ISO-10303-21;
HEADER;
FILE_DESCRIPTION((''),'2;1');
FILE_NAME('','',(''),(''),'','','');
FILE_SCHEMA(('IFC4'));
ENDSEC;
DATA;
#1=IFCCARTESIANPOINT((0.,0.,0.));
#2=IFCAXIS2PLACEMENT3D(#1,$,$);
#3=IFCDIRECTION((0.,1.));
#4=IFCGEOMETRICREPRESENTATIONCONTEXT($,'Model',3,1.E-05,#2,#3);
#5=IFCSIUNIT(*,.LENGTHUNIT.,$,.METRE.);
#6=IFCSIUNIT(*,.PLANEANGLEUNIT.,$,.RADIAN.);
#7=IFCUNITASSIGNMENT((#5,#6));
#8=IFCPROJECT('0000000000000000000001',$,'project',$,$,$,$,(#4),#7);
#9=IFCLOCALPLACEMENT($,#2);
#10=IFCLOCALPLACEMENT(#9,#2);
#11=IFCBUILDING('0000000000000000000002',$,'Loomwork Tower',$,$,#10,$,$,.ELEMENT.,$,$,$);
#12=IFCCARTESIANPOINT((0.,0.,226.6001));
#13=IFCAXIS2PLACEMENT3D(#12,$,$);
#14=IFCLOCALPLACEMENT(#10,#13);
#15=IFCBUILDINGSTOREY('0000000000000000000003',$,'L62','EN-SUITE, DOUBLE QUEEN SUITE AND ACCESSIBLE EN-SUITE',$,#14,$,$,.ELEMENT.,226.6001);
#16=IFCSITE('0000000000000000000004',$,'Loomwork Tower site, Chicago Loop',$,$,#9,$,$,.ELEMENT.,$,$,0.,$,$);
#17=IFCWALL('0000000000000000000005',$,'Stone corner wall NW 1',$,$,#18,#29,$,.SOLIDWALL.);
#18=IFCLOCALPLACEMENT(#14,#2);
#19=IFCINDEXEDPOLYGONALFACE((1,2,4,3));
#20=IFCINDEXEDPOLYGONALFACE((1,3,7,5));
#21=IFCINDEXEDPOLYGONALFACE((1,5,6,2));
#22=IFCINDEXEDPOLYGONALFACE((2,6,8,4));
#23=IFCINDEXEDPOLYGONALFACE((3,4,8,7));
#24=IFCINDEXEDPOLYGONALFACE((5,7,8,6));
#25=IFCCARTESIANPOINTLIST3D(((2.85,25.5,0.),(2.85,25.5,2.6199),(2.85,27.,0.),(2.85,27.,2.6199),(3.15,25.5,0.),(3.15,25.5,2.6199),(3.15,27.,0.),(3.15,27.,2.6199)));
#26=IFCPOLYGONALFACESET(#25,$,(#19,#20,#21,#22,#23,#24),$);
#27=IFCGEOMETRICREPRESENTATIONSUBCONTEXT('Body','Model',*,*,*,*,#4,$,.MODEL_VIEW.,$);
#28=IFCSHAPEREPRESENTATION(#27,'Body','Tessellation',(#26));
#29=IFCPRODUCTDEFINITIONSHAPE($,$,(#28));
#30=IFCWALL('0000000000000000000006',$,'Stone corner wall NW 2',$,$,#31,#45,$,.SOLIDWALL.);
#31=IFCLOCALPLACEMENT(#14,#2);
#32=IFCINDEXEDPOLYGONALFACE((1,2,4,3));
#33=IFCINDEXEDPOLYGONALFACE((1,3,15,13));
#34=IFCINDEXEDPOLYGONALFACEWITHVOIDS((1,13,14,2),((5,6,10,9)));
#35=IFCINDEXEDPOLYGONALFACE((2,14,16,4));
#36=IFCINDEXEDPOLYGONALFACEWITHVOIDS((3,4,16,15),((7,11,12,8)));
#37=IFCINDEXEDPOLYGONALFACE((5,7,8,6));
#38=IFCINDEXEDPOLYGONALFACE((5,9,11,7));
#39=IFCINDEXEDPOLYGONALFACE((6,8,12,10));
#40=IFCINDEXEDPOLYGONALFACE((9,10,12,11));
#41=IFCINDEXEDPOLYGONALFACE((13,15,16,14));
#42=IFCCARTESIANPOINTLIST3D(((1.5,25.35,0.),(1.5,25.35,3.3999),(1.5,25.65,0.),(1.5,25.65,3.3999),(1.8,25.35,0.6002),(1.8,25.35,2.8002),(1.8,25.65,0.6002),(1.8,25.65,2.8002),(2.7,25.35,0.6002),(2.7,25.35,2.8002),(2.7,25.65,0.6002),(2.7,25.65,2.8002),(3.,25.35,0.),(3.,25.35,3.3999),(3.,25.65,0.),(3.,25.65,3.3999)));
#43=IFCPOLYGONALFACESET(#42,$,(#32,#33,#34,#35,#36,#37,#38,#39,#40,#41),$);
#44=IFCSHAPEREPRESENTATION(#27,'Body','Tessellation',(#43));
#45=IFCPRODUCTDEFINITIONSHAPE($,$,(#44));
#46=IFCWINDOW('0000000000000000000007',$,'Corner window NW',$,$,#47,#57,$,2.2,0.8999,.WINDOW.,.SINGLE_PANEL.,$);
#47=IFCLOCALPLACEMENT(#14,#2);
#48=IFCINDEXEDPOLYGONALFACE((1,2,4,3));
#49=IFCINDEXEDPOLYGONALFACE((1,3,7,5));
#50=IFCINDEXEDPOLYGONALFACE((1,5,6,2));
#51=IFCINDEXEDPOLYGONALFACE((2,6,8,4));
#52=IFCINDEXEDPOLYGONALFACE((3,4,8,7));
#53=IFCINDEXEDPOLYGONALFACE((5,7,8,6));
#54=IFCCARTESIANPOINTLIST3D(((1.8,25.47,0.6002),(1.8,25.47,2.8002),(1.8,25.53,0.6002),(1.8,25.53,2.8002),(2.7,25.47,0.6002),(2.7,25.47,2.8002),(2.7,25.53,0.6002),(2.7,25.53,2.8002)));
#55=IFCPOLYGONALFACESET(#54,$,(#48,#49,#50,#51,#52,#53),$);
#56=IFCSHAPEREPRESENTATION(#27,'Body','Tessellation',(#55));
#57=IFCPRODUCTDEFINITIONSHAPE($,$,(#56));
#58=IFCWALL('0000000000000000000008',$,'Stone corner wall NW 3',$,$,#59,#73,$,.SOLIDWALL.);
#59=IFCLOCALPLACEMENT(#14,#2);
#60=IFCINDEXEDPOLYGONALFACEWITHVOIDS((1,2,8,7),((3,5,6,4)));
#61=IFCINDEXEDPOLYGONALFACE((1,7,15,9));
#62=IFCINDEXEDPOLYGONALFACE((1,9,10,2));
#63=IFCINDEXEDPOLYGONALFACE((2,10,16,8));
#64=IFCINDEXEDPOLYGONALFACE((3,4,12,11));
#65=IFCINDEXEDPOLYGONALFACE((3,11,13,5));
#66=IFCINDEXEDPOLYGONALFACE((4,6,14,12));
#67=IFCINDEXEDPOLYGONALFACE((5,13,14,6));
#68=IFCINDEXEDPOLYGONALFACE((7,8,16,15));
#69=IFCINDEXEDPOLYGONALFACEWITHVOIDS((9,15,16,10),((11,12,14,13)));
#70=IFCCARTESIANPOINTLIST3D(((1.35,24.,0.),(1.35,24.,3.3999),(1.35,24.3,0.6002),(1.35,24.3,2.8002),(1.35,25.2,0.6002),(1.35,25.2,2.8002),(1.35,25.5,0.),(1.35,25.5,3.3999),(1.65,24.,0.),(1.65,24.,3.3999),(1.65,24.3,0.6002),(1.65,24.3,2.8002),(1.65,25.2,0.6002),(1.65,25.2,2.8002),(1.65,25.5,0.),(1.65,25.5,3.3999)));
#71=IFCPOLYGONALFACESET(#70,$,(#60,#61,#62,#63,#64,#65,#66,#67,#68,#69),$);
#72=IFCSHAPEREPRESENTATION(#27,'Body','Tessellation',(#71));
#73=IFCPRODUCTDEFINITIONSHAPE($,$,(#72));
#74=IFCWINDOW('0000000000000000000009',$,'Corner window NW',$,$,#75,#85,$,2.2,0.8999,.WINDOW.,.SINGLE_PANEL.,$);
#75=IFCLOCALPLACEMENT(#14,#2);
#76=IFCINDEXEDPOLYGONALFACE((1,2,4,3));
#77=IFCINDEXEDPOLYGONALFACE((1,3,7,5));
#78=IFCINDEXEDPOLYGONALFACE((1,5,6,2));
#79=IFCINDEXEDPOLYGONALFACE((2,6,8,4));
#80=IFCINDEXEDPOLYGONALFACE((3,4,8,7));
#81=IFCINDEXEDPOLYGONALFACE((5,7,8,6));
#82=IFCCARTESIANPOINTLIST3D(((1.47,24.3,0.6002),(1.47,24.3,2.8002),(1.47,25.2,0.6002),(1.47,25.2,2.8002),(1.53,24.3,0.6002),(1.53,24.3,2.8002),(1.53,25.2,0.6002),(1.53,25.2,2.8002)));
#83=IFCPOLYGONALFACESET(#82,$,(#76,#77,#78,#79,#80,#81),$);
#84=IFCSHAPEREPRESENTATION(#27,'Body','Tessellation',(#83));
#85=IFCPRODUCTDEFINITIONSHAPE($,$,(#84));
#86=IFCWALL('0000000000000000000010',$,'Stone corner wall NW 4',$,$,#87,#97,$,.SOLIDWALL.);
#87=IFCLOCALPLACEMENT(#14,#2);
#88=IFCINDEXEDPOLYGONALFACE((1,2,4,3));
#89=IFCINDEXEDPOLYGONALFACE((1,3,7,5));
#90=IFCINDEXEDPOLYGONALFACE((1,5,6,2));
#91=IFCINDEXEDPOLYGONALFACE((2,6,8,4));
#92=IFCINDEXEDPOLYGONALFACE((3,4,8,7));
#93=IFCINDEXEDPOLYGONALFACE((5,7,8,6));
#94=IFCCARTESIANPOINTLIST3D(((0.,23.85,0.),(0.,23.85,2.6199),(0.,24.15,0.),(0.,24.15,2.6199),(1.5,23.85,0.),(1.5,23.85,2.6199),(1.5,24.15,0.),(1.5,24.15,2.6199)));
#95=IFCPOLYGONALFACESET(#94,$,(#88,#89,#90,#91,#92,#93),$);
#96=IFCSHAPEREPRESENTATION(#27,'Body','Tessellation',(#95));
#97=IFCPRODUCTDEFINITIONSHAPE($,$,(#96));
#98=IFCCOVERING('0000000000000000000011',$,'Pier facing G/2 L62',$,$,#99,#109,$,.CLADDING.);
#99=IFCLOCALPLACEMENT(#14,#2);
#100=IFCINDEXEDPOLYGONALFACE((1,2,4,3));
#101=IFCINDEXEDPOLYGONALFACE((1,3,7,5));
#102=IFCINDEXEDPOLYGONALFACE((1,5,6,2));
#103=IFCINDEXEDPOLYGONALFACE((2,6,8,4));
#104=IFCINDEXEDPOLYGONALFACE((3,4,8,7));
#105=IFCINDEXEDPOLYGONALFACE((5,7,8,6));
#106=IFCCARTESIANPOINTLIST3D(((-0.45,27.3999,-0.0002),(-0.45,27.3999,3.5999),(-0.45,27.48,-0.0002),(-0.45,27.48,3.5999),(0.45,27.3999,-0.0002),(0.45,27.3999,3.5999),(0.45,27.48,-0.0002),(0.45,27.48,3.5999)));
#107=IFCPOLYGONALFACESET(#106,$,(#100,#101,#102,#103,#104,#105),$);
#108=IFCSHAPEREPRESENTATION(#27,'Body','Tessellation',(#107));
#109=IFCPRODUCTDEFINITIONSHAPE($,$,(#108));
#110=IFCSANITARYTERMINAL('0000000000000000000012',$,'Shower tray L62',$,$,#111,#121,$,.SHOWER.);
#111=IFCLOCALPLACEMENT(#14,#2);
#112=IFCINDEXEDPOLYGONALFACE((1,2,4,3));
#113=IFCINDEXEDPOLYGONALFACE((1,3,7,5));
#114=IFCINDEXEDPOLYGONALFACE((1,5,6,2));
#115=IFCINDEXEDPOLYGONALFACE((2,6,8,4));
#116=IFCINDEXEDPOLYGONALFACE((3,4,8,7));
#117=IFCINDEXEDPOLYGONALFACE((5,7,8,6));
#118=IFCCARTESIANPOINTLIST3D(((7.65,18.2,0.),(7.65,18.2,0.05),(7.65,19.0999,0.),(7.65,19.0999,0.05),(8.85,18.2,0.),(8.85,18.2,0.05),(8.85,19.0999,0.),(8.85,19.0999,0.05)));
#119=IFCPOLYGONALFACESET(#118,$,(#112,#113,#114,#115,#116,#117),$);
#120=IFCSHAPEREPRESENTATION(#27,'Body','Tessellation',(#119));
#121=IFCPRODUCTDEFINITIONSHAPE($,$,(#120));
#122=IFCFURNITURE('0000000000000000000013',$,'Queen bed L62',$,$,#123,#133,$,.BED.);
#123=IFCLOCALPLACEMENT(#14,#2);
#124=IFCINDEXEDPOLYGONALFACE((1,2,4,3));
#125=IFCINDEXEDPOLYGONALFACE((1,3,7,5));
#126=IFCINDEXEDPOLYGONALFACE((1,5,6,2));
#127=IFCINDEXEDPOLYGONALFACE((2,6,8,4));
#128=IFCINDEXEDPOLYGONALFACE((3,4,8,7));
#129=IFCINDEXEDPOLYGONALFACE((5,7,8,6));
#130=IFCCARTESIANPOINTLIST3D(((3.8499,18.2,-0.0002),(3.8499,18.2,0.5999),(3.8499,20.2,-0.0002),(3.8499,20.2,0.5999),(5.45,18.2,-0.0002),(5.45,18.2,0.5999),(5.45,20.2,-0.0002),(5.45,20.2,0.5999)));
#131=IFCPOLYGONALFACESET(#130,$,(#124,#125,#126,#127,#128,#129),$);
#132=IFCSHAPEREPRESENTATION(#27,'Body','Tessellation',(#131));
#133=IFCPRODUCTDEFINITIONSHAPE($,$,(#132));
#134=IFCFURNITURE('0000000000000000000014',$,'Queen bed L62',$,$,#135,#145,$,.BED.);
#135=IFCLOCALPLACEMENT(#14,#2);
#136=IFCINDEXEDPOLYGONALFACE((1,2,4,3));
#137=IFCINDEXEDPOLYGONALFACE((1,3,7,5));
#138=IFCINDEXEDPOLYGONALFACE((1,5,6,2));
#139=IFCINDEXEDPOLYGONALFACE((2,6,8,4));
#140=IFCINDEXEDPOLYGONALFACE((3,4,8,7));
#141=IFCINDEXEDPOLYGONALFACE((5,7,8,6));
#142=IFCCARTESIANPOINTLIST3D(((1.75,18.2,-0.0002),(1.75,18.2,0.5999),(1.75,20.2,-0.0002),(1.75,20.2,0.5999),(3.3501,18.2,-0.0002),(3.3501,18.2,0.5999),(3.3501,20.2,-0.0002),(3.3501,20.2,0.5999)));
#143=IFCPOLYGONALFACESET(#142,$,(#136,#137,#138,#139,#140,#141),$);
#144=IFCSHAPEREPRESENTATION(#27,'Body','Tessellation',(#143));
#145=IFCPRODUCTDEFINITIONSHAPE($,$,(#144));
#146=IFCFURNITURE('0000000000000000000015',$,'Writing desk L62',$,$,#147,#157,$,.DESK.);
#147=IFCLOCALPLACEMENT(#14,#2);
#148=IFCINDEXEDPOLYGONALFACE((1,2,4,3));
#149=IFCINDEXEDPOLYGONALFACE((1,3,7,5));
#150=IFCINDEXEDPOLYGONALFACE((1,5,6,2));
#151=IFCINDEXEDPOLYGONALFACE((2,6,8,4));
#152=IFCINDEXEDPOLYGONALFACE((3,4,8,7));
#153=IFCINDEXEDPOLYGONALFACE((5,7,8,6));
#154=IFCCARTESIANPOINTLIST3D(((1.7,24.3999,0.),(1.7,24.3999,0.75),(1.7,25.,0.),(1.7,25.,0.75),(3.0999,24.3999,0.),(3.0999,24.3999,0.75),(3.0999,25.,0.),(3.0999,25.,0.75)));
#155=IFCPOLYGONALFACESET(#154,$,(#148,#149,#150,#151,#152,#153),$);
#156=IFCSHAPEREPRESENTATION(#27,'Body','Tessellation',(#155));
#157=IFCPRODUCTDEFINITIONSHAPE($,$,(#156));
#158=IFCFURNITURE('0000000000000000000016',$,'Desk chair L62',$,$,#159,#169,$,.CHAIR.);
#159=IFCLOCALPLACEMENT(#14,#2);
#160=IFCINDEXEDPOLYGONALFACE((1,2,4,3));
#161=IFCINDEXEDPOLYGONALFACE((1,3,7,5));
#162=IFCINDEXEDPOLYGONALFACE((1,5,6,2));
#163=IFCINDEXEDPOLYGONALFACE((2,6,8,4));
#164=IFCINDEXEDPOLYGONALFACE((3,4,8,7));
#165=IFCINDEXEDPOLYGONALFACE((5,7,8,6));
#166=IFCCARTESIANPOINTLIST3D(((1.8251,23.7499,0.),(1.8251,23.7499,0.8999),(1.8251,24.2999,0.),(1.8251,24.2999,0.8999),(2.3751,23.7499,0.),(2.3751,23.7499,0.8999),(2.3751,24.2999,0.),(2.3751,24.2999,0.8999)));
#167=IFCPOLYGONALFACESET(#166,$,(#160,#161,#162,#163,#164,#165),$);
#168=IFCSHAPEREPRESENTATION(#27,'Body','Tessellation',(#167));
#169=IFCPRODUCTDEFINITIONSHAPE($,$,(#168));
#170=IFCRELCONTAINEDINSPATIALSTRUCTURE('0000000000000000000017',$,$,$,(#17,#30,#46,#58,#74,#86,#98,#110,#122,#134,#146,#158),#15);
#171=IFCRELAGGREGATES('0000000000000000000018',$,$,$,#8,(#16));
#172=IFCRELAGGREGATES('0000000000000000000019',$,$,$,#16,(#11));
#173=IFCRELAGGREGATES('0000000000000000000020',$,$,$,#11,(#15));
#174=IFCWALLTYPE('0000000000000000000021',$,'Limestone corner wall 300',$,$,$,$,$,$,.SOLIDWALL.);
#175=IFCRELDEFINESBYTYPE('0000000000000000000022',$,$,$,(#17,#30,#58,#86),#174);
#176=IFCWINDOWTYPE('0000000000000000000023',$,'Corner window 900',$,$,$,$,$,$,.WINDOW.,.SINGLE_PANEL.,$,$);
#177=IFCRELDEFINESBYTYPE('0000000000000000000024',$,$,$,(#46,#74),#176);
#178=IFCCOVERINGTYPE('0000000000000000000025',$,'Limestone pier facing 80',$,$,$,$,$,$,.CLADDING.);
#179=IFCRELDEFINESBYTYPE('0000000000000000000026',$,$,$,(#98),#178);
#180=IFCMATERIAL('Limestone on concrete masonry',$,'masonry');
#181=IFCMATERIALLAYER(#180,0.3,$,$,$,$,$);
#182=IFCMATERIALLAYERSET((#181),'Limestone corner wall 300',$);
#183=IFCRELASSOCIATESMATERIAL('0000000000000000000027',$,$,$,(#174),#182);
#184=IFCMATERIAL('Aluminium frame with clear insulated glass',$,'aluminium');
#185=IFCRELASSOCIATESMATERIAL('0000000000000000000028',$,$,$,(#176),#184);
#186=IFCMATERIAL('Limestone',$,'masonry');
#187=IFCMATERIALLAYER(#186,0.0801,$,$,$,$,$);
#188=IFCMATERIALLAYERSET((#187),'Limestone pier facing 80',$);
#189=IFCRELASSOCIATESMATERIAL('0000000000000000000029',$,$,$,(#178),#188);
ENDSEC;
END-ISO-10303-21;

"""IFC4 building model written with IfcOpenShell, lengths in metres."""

from ifc_helpers import new_model, si_unit, direction, frame, frame_2d, origin, origin_2d, place, context, subcontext, project, spatial, rectangle, extrude, material, layer, layer_set, type_object, element, fill, save


model = new_model("IFC4")

# Units and contexts
model_context = context("Model", 3, precision=1e-05, world=origin(), true_north=direction((0.0, 1.0)))
body_context = subcontext(model_context, "Body", "Model", "MODEL_VIEW")
ifc_project = project(units=[si_unit("LENGTHUNIT", "METRE"), si_unit("PLANEANGLEUNIT", "RADIAN")], contexts=[model_context])

# Site, building, storey
site_placement = place(None, origin())
site = spatial("IfcSite", under=ifc_project, at=site_placement, Name="Loomwork Tower site, Chicago Loop", CompositionType="ELEMENT", RefElevation=0.0)
building_placement = place(site_placement, origin())
building = spatial("IfcBuilding", under=site, at=building_placement, Name="Loomwork Tower", CompositionType="ELEMENT")
storey_placement = place(building_placement, frame((0.0, 0.0, 226.6001)))
storey = spatial("IfcBuildingStorey", under=building, at=storey_placement, Name="L62", Description="EN-SUITE, DOUBLE QUEEN SUITE AND ACCESSIBLE EN-SUITE", CompositionType="ELEMENT", Elevation=226.6001)

# Wall
ifc_material_1 = material(Name="Limestone on concrete masonry", Category="masonry")
ifc_layer_1 = layer(ifc_material_1, 0.3)
ifc_layer_set_1 = layer_set([ifc_layer_1], Name="Limestone corner wall 300")
wall_type = type_object("IfcWallType", Name="Limestone corner wall 300", PredefinedType="SOLIDWALL", material=ifc_layer_set_1)
wall_1_placement = place(storey_placement, frame((3.0, 27.0, 0.0), z_axis=(0.0, 0.0, 1.0), x_axis=(0.0, -1.0, 0.0)))
element("IfcWall", 1, at=wall_1_placement, inside=storey, type_object=wall_type, Name="Stone corner wall NW 1", PredefinedType="SOLIDWALL", context=body_context, shape_type="SweptSolid", body=[
    extrude(rectangle(XDim=1.5, YDim=0.3, at=frame_2d((0.75, 0.0))), origin(), (0.0, 0.0, 1.0), 2.6199),
])

# Walls, openings, windows
wall_2_placement = place(storey_placement, frame((3.0, 25.5, 0.0), z_axis=(0.0, 0.0, 1.0), x_axis=(-1.0, 0.0, 0.0)))
wall_2 = element("IfcWall", 2, at=wall_2_placement, inside=storey, type_object=wall_type, Name="Stone corner wall NW 2", PredefinedType="SOLIDWALL", context=body_context, shape_type="SweptSolid", body=[
    extrude(rectangle(XDim=1.5, YDim=0.3, at=frame_2d((0.75, 0.0))), origin(), (0.0, 0.0, 1.0), 3.3999),
])
opening_1_placement = place(wall_2_placement, frame((0.3, 0.0, 0.6001)))
opening_1 = element("IfcOpeningElement", 3, at=opening_1_placement, cuts=wall_2, PredefinedType="OPENING", context=body_context, shape_type="SweptSolid", body=[
    extrude(rectangle(XDim=0.8999, YDim=2.2, at=frame_2d((0.45, 1.1001))), frame((0.0, 0.1599, 0.0), z_axis=(0.0, -1.0, 0.0), x_axis=(1.0, 0.0, 0.0)), (0.0, 0.0, 1.0), 0.3201),
])
ifc_material_2 = material(Name="Aluminium frame with clear insulated glass", Category="aluminium")
window_type = type_object("IfcWindowType", Name="Corner window 900", PartitioningType="SINGLE_PANEL", PredefinedType="WINDOW", material=ifc_material_2)
window_1_placement = place(opening_1_placement, origin())
window_1 = element("IfcWindow", 4, at=window_1_placement, inside=storey, type_object=window_type, Name="Corner window NW", OverallHeight=2.2, OverallWidth=0.8999, PartitioningType="SINGLE_PANEL", PredefinedType="WINDOW", context=body_context, shape_type="SweptSolid", body=[
    extrude(rectangle(XDim=0.8999, YDim=2.2, at=frame_2d((0.45, 1.1001))), frame((0.0, 0.03, 0.0), z_axis=(0.0, -1.0, 0.0), x_axis=(1.0, 0.0, 0.0)), (0.0, 0.0, 1.0), 0.0601),
])
fill(opening_1, window_1)
wall_3_placement = place(storey_placement, frame((1.5, 25.5, 0.0), z_axis=(0.0, 0.0, 1.0), x_axis=(0.0, -1.0, 0.0)))
wall_3 = element("IfcWall", 5, at=wall_3_placement, inside=storey, type_object=wall_type, Name="Stone corner wall NW 3", PredefinedType="SOLIDWALL", context=body_context, shape_type="SweptSolid", body=[
    extrude(rectangle(XDim=1.5, YDim=0.3, at=frame_2d((0.75, 0.0))), origin(), (0.0, 0.0, 1.0), 3.3999),
])
opening_2_placement = place(wall_3_placement, frame((0.3, 0.0, 0.6001)))
opening_2 = element("IfcOpeningElement", 6, at=opening_2_placement, cuts=wall_3, PredefinedType="OPENING", context=body_context, shape_type="SweptSolid", body=[
    extrude(rectangle(XDim=0.8999, YDim=2.2, at=frame_2d((0.45, 1.1001))), frame((0.0, 0.1599, 0.0), z_axis=(0.0, -1.0, 0.0), x_axis=(1.0, 0.0, 0.0)), (0.0, 0.0, 1.0), 0.3201),
])
window_2_placement = place(opening_2_placement, origin())
window_2 = element("IfcWindow", 7, at=window_2_placement, inside=storey, type_object=window_type, Name="Corner window NW", OverallHeight=2.2, OverallWidth=0.8999, PartitioningType="SINGLE_PANEL", PredefinedType="WINDOW", context=body_context, shape_type="SweptSolid", body=[
    extrude(rectangle(XDim=0.8999, YDim=2.2, at=frame_2d((0.45, 1.1001))), frame((0.0, 0.03, 0.0), z_axis=(0.0, -1.0, 0.0), x_axis=(1.0, 0.0, 0.0)), (0.0, 0.0, 1.0), 0.0601),
])
fill(opening_2, window_2)

# Wall
wall_4_placement = place(storey_placement, frame((1.5, 24.0, 0.0), z_axis=(0.0, 0.0, 1.0), x_axis=(-1.0, 0.0, 0.0)))
element("IfcWall", 8, at=wall_4_placement, inside=storey, type_object=wall_type, Name="Stone corner wall NW 4", PredefinedType="SOLIDWALL", context=body_context, shape_type="SweptSolid", body=[
    extrude(rectangle(XDim=1.5, YDim=0.3, at=frame_2d((0.75, 0.0))), origin(), (0.0, 0.0, 1.0), 2.6199),
])

# Covering
ifc_material_3 = material(Name="Limestone", Category="masonry")
ifc_layer_2 = layer(ifc_material_3, 0.0801)
ifc_layer_set_2 = layer_set([ifc_layer_2], Name="Limestone pier facing 80")
covering_type = type_object("IfcCoveringType", Name="Limestone pier facing 80", PredefinedType="CLADDING", material=ifc_layer_set_2)
covering_placement = place(storey_placement, frame((0.0, 27.4399, -0.0002), z_axis=(0.0, 0.0, 1.0), x_axis=(1.0, 0.0, 0.0)))
element("IfcCovering", 9, at=covering_placement, inside=storey, type_object=covering_type, Name="Pier facing G/2 L62", PredefinedType="CLADDING", context=body_context, shape_type="SweptSolid", body=[
    extrude(rectangle(XDim=0.8999, YDim=0.0801, at=origin_2d()), origin(), (0.0, 0.0, 1.0), 3.6001),
])

# Sanitary terminal
sanitary_terminal_placement = place(storey_placement, frame((8.25, 18.6499, 0.0), z_axis=(0.0, 0.0, 1.0), x_axis=(1.0, 0.0, 0.0)))
element("IfcSanitaryTerminal", 10, at=sanitary_terminal_placement, inside=storey, Name="Shower tray L62", PredefinedType="SHOWER", context=body_context, shape_type="SweptSolid", body=[
    extrude(rectangle(XDim=1.2, YDim=0.8999, at=origin_2d()), origin(), (0.0, 0.0, 1.0), 0.05),
])

# Furniture
for number, where, z_axis, x_axis, name in (
    (11, (4.6499, 19.2, -0.0002), (0.0, 0.0, 1.0), (1.0, 0.0, 0.0), "Queen bed L62"),
    (12, (2.55, 19.2, -0.0002), (0.0, 0.0, 1.0), (1.0, 0.0, 0.0), "Queen bed L62"),
):
    element("IfcFurniture", number, at=place(storey_placement, frame(where, z_axis=z_axis, x_axis=x_axis)), inside=storey, Name=name, PredefinedType="BED", context=body_context, shape_type="SweptSolid", body=[
        extrude(rectangle(XDim=1.6001, YDim=2.0, at=origin_2d()), origin(), (0.0, 0.0, 1.0), 0.6001),
    ])
furniture_1_placement = place(storey_placement, frame((2.3999, 24.7, 0.0), z_axis=(0.0, 0.0, 1.0), x_axis=(1.0, 0.0, 0.0)))
element("IfcFurniture", 13, at=furniture_1_placement, inside=storey, Name="Writing desk L62", PredefinedType="DESK", context=body_context, shape_type="SweptSolid", body=[
    extrude(rectangle(XDim=1.3999, YDim=0.6001, at=origin_2d()), origin(), (0.0, 0.0, 1.0), 0.75),
])
furniture_2_placement = place(storey_placement, frame((2.1001, 24.0249, 0.0), z_axis=(0.0, 0.0, 1.0), x_axis=(1.0, 0.0, 0.0)))
element("IfcFurniture", 14, at=furniture_2_placement, inside=storey, Name="Desk chair L62", PredefinedType="CHAIR", context=body_context, shape_type="SweptSolid", body=[
    extrude(rectangle(XDim=0.55, YDim=0.55, at=origin_2d()), origin(), (0.0, 0.0, 1.0), 0.8999),
])

save(model, "model.ifc")
